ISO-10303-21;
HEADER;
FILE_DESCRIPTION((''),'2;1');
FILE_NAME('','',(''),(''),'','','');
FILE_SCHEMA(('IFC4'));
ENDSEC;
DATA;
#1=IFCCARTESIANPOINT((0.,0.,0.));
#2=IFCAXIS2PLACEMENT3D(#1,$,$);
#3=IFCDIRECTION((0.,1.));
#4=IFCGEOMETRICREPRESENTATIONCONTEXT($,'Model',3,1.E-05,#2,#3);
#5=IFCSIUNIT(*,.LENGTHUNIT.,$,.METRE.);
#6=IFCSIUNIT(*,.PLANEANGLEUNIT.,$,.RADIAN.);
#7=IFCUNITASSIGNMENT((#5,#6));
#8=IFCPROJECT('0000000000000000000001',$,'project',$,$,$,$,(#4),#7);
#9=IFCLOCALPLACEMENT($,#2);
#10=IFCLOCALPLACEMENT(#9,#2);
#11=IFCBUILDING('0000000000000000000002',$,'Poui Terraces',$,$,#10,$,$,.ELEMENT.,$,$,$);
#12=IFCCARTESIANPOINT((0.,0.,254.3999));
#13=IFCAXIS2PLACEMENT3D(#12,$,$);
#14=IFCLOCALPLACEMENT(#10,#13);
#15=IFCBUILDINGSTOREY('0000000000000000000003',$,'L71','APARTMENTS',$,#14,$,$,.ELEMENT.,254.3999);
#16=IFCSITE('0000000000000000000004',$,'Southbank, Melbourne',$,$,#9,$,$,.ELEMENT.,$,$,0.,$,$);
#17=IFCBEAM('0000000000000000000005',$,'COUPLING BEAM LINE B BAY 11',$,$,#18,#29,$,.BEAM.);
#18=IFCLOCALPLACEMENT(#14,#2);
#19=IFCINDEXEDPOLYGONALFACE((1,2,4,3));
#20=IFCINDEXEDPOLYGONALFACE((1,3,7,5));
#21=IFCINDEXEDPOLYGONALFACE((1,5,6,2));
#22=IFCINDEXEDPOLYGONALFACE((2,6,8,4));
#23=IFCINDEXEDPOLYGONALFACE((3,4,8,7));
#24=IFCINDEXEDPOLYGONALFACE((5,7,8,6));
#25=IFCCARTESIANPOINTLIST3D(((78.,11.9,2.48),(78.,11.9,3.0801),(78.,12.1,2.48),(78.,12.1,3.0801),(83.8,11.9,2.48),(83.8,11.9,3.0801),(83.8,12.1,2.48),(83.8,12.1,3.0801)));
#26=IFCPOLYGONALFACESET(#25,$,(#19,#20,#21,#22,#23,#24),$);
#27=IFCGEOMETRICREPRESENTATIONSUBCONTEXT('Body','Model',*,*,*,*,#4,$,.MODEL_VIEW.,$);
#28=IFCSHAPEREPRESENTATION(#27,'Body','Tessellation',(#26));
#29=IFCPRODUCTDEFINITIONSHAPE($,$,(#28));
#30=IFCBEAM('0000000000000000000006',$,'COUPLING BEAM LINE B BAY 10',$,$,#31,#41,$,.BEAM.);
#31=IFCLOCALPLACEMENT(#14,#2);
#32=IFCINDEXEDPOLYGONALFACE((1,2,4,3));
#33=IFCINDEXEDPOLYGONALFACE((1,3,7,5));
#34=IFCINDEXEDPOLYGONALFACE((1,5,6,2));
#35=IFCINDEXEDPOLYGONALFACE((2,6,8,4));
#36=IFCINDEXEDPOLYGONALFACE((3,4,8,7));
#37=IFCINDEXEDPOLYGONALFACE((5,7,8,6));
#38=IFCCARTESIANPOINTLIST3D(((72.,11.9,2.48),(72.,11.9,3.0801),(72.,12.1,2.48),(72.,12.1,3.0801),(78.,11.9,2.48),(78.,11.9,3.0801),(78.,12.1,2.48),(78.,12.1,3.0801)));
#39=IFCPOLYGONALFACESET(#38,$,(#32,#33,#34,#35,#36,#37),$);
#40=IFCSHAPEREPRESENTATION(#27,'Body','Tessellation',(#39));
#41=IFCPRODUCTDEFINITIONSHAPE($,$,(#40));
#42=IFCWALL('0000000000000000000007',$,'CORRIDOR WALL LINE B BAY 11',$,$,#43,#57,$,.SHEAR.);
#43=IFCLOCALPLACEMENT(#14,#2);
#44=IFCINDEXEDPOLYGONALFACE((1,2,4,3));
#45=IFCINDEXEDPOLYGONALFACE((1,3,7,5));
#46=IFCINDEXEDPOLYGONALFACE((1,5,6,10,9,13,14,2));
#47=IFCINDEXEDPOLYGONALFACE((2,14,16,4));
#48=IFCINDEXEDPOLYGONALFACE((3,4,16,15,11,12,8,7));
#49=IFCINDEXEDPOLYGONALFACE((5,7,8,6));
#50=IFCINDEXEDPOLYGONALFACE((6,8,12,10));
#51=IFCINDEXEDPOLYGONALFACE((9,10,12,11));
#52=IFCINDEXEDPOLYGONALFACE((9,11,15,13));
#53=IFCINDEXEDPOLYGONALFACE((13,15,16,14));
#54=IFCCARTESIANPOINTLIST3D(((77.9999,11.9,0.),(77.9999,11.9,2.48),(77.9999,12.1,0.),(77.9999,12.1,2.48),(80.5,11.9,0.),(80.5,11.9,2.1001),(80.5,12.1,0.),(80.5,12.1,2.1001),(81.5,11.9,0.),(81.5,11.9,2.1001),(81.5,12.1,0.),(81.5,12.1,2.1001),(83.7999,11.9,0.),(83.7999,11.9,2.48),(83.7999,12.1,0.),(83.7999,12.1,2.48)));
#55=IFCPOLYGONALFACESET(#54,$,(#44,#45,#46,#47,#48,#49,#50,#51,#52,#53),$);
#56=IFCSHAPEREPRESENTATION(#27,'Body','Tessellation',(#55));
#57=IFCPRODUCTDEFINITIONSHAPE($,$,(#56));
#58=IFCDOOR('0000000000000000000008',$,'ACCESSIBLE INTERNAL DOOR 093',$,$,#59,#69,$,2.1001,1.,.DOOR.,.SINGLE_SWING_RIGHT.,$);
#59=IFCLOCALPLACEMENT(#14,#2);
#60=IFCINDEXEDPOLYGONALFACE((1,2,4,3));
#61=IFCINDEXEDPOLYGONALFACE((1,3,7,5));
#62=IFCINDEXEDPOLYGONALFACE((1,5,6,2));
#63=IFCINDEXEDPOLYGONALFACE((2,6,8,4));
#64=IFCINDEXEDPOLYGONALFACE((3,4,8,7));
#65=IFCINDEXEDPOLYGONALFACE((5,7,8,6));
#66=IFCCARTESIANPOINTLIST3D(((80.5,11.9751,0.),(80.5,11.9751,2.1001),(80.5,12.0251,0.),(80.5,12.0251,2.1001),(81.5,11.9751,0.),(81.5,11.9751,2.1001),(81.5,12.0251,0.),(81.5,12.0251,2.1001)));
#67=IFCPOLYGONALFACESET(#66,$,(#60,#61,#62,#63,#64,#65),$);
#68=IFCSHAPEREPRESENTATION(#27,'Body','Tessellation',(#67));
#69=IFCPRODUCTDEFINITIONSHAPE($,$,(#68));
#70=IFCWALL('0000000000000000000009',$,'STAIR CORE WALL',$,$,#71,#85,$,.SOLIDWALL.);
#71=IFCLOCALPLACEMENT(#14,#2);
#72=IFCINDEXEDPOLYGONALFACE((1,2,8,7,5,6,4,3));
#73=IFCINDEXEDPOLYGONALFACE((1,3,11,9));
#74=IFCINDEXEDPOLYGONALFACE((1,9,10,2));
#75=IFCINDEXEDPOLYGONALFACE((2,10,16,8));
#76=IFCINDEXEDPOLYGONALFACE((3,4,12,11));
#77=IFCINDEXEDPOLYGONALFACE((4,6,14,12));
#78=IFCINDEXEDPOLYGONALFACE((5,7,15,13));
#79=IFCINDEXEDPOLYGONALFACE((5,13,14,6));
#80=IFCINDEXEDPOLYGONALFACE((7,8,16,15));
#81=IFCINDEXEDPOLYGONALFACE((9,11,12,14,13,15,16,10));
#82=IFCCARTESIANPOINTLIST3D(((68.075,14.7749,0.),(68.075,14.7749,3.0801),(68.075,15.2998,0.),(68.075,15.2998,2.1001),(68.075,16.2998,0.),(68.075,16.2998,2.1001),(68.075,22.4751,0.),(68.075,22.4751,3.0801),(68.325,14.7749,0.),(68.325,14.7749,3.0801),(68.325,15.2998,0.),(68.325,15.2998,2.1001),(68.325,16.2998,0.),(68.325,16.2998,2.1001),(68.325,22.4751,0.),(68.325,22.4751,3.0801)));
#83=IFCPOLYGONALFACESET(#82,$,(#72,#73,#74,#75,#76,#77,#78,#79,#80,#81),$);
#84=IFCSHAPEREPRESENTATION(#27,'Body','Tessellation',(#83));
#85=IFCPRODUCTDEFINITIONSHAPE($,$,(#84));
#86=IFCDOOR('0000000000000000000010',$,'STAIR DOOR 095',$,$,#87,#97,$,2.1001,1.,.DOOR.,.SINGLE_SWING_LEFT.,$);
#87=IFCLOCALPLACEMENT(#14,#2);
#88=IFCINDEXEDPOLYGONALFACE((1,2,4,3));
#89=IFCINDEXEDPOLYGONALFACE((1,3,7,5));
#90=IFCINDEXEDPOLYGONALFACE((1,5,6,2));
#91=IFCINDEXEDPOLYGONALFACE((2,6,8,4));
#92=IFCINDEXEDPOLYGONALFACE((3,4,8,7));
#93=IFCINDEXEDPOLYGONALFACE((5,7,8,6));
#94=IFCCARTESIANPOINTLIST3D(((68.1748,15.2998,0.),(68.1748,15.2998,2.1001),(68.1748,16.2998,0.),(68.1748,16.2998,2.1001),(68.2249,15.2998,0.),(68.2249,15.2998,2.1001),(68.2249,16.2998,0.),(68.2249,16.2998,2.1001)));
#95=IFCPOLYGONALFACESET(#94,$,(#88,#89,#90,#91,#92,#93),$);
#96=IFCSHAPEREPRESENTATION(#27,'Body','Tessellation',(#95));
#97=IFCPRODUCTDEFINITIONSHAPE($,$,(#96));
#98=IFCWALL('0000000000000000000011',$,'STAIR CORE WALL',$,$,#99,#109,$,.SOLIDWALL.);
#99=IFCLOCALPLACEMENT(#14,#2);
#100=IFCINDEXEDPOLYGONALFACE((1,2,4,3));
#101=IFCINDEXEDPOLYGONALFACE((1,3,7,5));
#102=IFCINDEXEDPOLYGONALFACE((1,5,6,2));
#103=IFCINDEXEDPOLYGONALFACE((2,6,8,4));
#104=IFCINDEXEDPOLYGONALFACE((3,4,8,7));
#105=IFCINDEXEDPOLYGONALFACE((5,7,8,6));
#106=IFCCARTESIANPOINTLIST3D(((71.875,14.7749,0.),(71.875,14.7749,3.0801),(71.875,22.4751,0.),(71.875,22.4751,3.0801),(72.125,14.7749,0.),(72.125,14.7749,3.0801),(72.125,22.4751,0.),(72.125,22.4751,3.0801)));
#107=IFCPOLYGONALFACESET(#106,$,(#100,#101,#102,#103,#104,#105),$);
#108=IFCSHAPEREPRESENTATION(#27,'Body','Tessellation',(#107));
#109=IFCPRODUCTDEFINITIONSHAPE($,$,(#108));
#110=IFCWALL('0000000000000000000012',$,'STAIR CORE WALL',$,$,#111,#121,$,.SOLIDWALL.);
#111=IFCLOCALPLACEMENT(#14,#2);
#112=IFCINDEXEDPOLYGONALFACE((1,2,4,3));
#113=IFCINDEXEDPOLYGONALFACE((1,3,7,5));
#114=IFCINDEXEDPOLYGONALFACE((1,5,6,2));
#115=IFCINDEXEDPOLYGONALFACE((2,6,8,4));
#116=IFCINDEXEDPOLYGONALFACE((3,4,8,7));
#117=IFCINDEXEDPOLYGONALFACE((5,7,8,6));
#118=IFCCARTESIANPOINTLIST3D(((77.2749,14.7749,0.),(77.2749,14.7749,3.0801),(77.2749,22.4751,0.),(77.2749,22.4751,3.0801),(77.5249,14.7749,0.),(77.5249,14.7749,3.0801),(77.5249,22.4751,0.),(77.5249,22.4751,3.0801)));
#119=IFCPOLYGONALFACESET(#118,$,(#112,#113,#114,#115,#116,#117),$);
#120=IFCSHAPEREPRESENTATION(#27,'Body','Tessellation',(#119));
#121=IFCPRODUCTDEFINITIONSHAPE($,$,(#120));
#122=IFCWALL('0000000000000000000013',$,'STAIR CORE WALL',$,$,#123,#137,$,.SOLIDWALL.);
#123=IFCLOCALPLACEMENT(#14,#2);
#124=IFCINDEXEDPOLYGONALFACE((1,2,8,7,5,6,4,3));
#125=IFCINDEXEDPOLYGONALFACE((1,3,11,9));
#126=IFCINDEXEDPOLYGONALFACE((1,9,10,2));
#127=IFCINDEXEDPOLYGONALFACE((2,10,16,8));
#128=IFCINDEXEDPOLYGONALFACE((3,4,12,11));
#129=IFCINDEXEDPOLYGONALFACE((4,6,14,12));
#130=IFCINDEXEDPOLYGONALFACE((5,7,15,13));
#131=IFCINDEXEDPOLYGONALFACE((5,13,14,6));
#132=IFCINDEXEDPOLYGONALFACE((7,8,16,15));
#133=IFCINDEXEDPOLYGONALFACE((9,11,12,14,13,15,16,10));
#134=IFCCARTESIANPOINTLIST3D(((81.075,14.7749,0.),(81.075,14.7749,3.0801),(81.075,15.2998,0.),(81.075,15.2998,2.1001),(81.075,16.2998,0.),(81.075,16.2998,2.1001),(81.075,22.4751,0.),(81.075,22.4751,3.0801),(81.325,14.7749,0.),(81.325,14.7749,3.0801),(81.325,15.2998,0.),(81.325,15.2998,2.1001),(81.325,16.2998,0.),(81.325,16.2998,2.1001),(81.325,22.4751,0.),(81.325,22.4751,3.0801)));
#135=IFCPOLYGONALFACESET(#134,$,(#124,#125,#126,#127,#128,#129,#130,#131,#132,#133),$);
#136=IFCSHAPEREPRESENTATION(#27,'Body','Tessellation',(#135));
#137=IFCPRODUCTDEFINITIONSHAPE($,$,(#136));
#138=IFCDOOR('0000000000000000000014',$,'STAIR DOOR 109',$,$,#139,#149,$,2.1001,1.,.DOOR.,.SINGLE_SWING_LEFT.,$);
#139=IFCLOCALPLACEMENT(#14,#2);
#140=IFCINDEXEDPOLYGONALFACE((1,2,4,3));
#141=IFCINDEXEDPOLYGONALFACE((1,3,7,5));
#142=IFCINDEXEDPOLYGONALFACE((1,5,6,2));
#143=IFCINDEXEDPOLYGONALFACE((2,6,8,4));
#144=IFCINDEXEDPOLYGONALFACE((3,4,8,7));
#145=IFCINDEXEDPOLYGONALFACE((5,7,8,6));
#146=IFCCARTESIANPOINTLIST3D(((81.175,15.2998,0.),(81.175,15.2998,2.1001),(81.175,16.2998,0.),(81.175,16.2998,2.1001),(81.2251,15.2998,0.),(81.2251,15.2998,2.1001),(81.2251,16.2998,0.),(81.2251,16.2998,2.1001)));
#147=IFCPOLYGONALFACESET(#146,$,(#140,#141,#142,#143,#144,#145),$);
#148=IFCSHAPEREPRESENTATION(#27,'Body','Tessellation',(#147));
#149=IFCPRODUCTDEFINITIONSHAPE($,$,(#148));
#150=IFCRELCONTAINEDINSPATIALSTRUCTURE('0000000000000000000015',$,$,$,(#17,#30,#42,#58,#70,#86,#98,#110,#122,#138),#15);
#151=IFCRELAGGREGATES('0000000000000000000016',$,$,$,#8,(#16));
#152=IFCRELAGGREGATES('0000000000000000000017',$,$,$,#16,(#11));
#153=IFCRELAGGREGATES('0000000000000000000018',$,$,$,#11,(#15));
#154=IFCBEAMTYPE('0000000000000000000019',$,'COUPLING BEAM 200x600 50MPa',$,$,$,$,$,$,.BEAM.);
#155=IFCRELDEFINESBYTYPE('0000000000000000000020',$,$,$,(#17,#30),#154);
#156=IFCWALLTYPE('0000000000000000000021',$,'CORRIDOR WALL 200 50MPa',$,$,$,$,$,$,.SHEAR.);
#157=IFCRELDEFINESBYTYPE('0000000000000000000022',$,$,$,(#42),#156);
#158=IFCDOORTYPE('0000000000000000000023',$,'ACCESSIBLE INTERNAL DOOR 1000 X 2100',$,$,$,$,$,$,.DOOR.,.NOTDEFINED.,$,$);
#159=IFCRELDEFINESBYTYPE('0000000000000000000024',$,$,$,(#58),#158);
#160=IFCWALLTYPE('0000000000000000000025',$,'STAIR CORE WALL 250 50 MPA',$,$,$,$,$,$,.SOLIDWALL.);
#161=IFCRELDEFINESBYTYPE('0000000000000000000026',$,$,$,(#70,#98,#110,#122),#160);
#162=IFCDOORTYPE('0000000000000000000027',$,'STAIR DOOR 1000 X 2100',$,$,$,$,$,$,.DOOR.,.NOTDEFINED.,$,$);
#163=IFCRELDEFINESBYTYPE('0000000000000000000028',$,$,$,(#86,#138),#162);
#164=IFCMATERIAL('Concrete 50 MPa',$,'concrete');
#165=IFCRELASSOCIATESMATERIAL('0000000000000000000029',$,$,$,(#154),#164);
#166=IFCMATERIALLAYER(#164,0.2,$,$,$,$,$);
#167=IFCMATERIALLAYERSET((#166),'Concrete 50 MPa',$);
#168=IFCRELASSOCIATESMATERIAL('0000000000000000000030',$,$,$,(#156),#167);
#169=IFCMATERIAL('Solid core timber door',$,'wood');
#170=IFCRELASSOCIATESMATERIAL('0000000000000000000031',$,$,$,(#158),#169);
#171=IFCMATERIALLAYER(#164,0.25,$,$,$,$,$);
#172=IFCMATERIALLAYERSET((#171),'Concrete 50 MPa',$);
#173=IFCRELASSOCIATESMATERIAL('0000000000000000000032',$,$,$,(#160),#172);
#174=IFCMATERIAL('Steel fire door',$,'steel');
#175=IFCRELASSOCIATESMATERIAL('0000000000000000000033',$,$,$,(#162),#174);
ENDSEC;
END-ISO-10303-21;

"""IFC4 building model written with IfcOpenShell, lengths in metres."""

from ifc_helpers import new_model, si_unit, direction, frame, frame_2d, origin, origin_2d, place, context, subcontext, project, spatial, rectangle, extrude, source, transform, mapped, material, layer, layer_set, material_profile, profile_set, type_object, element, fill, save


model = new_model("IFC4")

# Units and contexts
model_context = context("Model", 3, precision=1e-05, world=origin(), true_north=direction((0.0, 1.0)))
body_context = subcontext(model_context, "Body", "Model", "MODEL_VIEW")
ifc_project = project(units=[si_unit("LENGTHUNIT", "METRE"), si_unit("PLANEANGLEUNIT", "RADIAN")], contexts=[model_context])

# Site, building, storey
site_placement = place(None, origin())
site = spatial("IfcSite", under=ifc_project, at=site_placement, Name="Southbank, Melbourne", CompositionType="ELEMENT", RefElevation=0.0)
building_placement = place(site_placement, origin())
building = spatial("IfcBuilding", under=site, at=building_placement, Name="Poui Terraces", CompositionType="ELEMENT")
storey_placement = place(building_placement, frame((0.0, 0.0, 254.3999)))
storey = spatial("IfcBuildingStorey", under=building, at=storey_placement, Name="L71", Description="APARTMENTS", CompositionType="ELEMENT", Elevation=254.3999)

# Beams
ifc_material_1 = material(Name="Concrete 50 MPa", Category="concrete")
ifc_material_profile = material_profile(ifc_material_1, rectangle(XDim=0.2, YDim=0.6001, at=origin_2d()), Name="RC 200x600")
ifc_profile_set = profile_set([ifc_material_profile], Name="Concrete 50 MPa")
beam_type = type_object("IfcBeamType", Name="COUPLING BEAM 200x600 50MPa", PredefinedType="BEAM", material=ifc_profile_set)
shared_shape_1 = source(origin(), body_context, "Body", "SweptSolid", [
    extrude(rectangle(XDim=0.2, YDim=0.6001, at=origin_2d()), origin(), (0.0, 0.0, 1.0), 5.8),
])
beam_1_placement = place(storey_placement, frame((78.0, 12.0, 2.78), z_axis=(1.0, 0.0, 0.0), x_axis=(0.0, 1.0, 0.0)))
element("IfcBeam", 1, at=beam_1_placement, inside=storey, type_object=beam_type, Name="COUPLING BEAM LINE B BAY 11", PredefinedType="BEAM", context=body_context, shape_type="MappedRepresentation", body=[
    mapped(shared_shape_1, transform((0.0, 0.0, 0.0))),
])
shared_shape_2 = source(origin(), body_context, "Body", "SweptSolid", [
    extrude(rectangle(XDim=0.2, YDim=0.6001, at=origin_2d()), origin(), (0.0, 0.0, 1.0), 6.0),
])
beam_2_placement = place(storey_placement, frame((72.0, 12.0, 2.78), z_axis=(1.0, 0.0, 0.0), x_axis=(0.0, 1.0, 0.0)))
element("IfcBeam", 2, at=beam_2_placement, inside=storey, type_object=beam_type, Name="COUPLING BEAM LINE B BAY 10", PredefinedType="BEAM", context=body_context, shape_type="MappedRepresentation", body=[
    mapped(shared_shape_2, transform((0.0, 0.0, 0.0))),
])

# Walls, openings, doors
ifc_layer_1 = layer(ifc_material_1, 0.2)
ifc_layer_set_1 = layer_set([ifc_layer_1], Name="Concrete 50 MPa")
wall_type_1 = type_object("IfcWallType", Name="CORRIDOR WALL 200 50MPa", PredefinedType="SHEAR", material=ifc_layer_set_1)
wall_1_placement = place(storey_placement, frame((78.0, 12.0, 0.0), z_axis=(0.0, 0.0, 1.0), x_axis=(1.0, 0.0, 0.0)))
wall_1 = element("IfcWall", 3, at=wall_1_placement, inside=storey, type_object=wall_type_1, Name="CORRIDOR WALL LINE B BAY 11", PredefinedType="SHEAR", context=body_context, shape_type="SweptSolid", body=[
    extrude(rectangle(XDim=5.8, YDim=0.2, at=frame_2d((2.8999, 0.0))), origin(), (0.0, 0.0, 1.0), 2.48),
])
opening_1_placement = place(wall_1_placement, frame((2.5, 0.0, 0.0)))
opening_1 = element("IfcOpeningElement", 4, at=opening_1_placement, cuts=wall_1, PredefinedType="OPENING", context=body_context, shape_type="SweptSolid", body=[
    extrude(rectangle(XDim=1.0, YDim=2.1001, at=frame_2d((0.5, 1.05))), frame((0.0, 0.1099, 0.0), z_axis=(0.0, -1.0, 0.0), x_axis=(1.0, 0.0, 0.0)), (0.0, 0.0, 1.0), 0.22),
])
ifc_material_2 = material(Name="Solid core timber door", Category="wood")
door_type_1 = type_object("IfcDoorType", Name="ACCESSIBLE INTERNAL DOOR 1000 X 2100", OperationType="NOTDEFINED", PredefinedType="DOOR", material=ifc_material_2)
door_1_placement = place(opening_1_placement, frame((1.0, 0.0, 0.0), z_axis=(0.0, 0.0, 1.0), x_axis=(-1.0, 0.0, 0.0)))
door_1 = element("IfcDoor", 5, at=door_1_placement, inside=storey, type_object=door_type_1, Name="ACCESSIBLE INTERNAL DOOR 093", OperationType="SINGLE_SWING_RIGHT", OverallHeight=2.1001, OverallWidth=1.0, PredefinedType="DOOR", context=body_context, shape_type="SweptSolid", body=[
    extrude(rectangle(XDim=1.0, YDim=2.1001, at=frame_2d((0.5, 1.05))), frame((0.0, 0.0249, 0.0), z_axis=(0.0, -1.0, 0.0), x_axis=(1.0, 0.0, 0.0)), (0.0, 0.0, 1.0), 0.05),
])
fill(opening_1, door_1)
ifc_layer_2 = layer(ifc_material_1, 0.25)
ifc_layer_set_2 = layer_set([ifc_layer_2], Name="Concrete 50 MPa")
wall_type_2 = type_object("IfcWallType", Name="STAIR CORE WALL 250 50 MPA", PredefinedType="SOLIDWALL", material=ifc_layer_set_2)
wall_2_placement = place(storey_placement, frame((68.2, 14.7749, 0.0), z_axis=(0.0, 0.0, 1.0), x_axis=(0.0, 1.0, 0.0)))
wall_2 = element("IfcWall", 6, at=wall_2_placement, inside=storey, type_object=wall_type_2, Name="STAIR CORE WALL", PredefinedType="SOLIDWALL", context=body_context, shape_type="SweptSolid", body=[
    extrude(rectangle(XDim=7.7002, YDim=0.25, at=frame_2d((3.8501, 0.0))), origin(), (0.0, 0.0, 1.0), 3.0801),
])
opening_2_placement = place(wall_2_placement, frame((0.5249, 0.0, 0.0)))
opening_2 = element("IfcOpeningElement", 7, at=opening_2_placement, cuts=wall_2, PredefinedType="OPENING", context=body_context, shape_type="SweptSolid", body=[
    extrude(rectangle(XDim=1.0, YDim=2.1001, at=frame_2d((0.5, 1.05))), frame((0.0, 0.135, 0.0), z_axis=(0.0, -1.0, 0.0), x_axis=(1.0, 0.0, 0.0)), (0.0, 0.0, 1.0), 0.27),
])
ifc_material_3 = material(Name="Steel fire door", Category="steel")
door_type_2 = type_object("IfcDoorType", Name="STAIR DOOR 1000 X 2100", OperationType="NOTDEFINED", PredefinedType="DOOR", material=ifc_material_3)
door_2_placement = place(opening_2_placement, frame((1.0, 0.0, 0.0), z_axis=(0.0, 0.0, 1.0), x_axis=(-1.0, 0.0, 0.0)))
door_2 = element("IfcDoor", 8, at=door_2_placement, inside=storey, type_object=door_type_2, Name="STAIR DOOR 095", OperationType="SINGLE_SWING_LEFT", OverallHeight=2.1001, OverallWidth=1.0, PredefinedType="DOOR", context=body_context, shape_type="SweptSolid", body=[
    extrude(rectangle(XDim=1.0, YDim=2.1001, at=frame_2d((0.5, 1.05))), frame((0.0, 0.0249, 0.0), z_axis=(0.0, -1.0, 0.0), x_axis=(1.0, 0.0, 0.0)), (0.0, 0.0, 1.0), 0.05),
])
fill(opening_2, door_2)

# Walls
for number, where, z_axis, x_axis, name in (
    (9, (72.0, 14.7749, 0.0), (0.0, 0.0, 1.0), (0.0, 1.0, 0.0), "STAIR CORE WALL"),
    (10, (77.3999, 14.7749, 0.0), (0.0, 0.0, 1.0), (0.0, 1.0, 0.0), "STAIR CORE WALL"),
):
    element("IfcWall", number, at=place(storey_placement, frame(where, z_axis=z_axis, x_axis=x_axis)), inside=storey, type_object=wall_type_2, Name=name, PredefinedType="SOLIDWALL", context=body_context, shape_type="SweptSolid", body=[
        extrude(rectangle(XDim=7.7002, YDim=0.25, at=frame_2d((3.8501, 0.0))), origin(), (0.0, 0.0, 1.0), 3.0801),
    ])

# Wall, opening, door
wall_3_placement = place(storey_placement, frame((81.2, 14.7749, 0.0), z_axis=(0.0, 0.0, 1.0), x_axis=(0.0, 1.0, 0.0)))
wall_3 = element("IfcWall", 11, at=wall_3_placement, inside=storey, type_object=wall_type_2, Name="STAIR CORE WALL", PredefinedType="SOLIDWALL", context=body_context, shape_type="SweptSolid", body=[
    extrude(rectangle(XDim=7.7002, YDim=0.25, at=frame_2d((3.8501, 0.0))), origin(), (0.0, 0.0, 1.0), 3.0801),
])
opening_3_placement = place(wall_3_placement, frame((0.5249, 0.0, 0.0)))
opening_3 = element("IfcOpeningElement", 12, at=opening_3_placement, cuts=wall_3, PredefinedType="OPENING", context=body_context, shape_type="SweptSolid", body=[
    extrude(rectangle(XDim=1.0, YDim=2.1001, at=frame_2d((0.5, 1.05))), frame((0.0, 0.135, 0.0), z_axis=(0.0, -1.0, 0.0), x_axis=(1.0, 0.0, 0.0)), (0.0, 0.0, 1.0), 0.27),
])
door_3_placement = place(opening_3_placement, origin())
door_3 = element("IfcDoor", 13, at=door_3_placement, inside=storey, type_object=door_type_2, Name="STAIR DOOR 109", OperationType="SINGLE_SWING_LEFT", OverallHeight=2.1001, OverallWidth=1.0, PredefinedType="DOOR", context=body_context, shape_type="SweptSolid", body=[
    extrude(rectangle(XDim=1.0, YDim=2.1001, at=frame_2d((0.5, 1.05))), frame((0.0, 0.0249, 0.0), z_axis=(0.0, -1.0, 0.0), x_axis=(1.0, 0.0, 0.0)), (0.0, 0.0, 1.0), 0.05),
])
fill(opening_3, door_3)

save(model, "model.ifc")
